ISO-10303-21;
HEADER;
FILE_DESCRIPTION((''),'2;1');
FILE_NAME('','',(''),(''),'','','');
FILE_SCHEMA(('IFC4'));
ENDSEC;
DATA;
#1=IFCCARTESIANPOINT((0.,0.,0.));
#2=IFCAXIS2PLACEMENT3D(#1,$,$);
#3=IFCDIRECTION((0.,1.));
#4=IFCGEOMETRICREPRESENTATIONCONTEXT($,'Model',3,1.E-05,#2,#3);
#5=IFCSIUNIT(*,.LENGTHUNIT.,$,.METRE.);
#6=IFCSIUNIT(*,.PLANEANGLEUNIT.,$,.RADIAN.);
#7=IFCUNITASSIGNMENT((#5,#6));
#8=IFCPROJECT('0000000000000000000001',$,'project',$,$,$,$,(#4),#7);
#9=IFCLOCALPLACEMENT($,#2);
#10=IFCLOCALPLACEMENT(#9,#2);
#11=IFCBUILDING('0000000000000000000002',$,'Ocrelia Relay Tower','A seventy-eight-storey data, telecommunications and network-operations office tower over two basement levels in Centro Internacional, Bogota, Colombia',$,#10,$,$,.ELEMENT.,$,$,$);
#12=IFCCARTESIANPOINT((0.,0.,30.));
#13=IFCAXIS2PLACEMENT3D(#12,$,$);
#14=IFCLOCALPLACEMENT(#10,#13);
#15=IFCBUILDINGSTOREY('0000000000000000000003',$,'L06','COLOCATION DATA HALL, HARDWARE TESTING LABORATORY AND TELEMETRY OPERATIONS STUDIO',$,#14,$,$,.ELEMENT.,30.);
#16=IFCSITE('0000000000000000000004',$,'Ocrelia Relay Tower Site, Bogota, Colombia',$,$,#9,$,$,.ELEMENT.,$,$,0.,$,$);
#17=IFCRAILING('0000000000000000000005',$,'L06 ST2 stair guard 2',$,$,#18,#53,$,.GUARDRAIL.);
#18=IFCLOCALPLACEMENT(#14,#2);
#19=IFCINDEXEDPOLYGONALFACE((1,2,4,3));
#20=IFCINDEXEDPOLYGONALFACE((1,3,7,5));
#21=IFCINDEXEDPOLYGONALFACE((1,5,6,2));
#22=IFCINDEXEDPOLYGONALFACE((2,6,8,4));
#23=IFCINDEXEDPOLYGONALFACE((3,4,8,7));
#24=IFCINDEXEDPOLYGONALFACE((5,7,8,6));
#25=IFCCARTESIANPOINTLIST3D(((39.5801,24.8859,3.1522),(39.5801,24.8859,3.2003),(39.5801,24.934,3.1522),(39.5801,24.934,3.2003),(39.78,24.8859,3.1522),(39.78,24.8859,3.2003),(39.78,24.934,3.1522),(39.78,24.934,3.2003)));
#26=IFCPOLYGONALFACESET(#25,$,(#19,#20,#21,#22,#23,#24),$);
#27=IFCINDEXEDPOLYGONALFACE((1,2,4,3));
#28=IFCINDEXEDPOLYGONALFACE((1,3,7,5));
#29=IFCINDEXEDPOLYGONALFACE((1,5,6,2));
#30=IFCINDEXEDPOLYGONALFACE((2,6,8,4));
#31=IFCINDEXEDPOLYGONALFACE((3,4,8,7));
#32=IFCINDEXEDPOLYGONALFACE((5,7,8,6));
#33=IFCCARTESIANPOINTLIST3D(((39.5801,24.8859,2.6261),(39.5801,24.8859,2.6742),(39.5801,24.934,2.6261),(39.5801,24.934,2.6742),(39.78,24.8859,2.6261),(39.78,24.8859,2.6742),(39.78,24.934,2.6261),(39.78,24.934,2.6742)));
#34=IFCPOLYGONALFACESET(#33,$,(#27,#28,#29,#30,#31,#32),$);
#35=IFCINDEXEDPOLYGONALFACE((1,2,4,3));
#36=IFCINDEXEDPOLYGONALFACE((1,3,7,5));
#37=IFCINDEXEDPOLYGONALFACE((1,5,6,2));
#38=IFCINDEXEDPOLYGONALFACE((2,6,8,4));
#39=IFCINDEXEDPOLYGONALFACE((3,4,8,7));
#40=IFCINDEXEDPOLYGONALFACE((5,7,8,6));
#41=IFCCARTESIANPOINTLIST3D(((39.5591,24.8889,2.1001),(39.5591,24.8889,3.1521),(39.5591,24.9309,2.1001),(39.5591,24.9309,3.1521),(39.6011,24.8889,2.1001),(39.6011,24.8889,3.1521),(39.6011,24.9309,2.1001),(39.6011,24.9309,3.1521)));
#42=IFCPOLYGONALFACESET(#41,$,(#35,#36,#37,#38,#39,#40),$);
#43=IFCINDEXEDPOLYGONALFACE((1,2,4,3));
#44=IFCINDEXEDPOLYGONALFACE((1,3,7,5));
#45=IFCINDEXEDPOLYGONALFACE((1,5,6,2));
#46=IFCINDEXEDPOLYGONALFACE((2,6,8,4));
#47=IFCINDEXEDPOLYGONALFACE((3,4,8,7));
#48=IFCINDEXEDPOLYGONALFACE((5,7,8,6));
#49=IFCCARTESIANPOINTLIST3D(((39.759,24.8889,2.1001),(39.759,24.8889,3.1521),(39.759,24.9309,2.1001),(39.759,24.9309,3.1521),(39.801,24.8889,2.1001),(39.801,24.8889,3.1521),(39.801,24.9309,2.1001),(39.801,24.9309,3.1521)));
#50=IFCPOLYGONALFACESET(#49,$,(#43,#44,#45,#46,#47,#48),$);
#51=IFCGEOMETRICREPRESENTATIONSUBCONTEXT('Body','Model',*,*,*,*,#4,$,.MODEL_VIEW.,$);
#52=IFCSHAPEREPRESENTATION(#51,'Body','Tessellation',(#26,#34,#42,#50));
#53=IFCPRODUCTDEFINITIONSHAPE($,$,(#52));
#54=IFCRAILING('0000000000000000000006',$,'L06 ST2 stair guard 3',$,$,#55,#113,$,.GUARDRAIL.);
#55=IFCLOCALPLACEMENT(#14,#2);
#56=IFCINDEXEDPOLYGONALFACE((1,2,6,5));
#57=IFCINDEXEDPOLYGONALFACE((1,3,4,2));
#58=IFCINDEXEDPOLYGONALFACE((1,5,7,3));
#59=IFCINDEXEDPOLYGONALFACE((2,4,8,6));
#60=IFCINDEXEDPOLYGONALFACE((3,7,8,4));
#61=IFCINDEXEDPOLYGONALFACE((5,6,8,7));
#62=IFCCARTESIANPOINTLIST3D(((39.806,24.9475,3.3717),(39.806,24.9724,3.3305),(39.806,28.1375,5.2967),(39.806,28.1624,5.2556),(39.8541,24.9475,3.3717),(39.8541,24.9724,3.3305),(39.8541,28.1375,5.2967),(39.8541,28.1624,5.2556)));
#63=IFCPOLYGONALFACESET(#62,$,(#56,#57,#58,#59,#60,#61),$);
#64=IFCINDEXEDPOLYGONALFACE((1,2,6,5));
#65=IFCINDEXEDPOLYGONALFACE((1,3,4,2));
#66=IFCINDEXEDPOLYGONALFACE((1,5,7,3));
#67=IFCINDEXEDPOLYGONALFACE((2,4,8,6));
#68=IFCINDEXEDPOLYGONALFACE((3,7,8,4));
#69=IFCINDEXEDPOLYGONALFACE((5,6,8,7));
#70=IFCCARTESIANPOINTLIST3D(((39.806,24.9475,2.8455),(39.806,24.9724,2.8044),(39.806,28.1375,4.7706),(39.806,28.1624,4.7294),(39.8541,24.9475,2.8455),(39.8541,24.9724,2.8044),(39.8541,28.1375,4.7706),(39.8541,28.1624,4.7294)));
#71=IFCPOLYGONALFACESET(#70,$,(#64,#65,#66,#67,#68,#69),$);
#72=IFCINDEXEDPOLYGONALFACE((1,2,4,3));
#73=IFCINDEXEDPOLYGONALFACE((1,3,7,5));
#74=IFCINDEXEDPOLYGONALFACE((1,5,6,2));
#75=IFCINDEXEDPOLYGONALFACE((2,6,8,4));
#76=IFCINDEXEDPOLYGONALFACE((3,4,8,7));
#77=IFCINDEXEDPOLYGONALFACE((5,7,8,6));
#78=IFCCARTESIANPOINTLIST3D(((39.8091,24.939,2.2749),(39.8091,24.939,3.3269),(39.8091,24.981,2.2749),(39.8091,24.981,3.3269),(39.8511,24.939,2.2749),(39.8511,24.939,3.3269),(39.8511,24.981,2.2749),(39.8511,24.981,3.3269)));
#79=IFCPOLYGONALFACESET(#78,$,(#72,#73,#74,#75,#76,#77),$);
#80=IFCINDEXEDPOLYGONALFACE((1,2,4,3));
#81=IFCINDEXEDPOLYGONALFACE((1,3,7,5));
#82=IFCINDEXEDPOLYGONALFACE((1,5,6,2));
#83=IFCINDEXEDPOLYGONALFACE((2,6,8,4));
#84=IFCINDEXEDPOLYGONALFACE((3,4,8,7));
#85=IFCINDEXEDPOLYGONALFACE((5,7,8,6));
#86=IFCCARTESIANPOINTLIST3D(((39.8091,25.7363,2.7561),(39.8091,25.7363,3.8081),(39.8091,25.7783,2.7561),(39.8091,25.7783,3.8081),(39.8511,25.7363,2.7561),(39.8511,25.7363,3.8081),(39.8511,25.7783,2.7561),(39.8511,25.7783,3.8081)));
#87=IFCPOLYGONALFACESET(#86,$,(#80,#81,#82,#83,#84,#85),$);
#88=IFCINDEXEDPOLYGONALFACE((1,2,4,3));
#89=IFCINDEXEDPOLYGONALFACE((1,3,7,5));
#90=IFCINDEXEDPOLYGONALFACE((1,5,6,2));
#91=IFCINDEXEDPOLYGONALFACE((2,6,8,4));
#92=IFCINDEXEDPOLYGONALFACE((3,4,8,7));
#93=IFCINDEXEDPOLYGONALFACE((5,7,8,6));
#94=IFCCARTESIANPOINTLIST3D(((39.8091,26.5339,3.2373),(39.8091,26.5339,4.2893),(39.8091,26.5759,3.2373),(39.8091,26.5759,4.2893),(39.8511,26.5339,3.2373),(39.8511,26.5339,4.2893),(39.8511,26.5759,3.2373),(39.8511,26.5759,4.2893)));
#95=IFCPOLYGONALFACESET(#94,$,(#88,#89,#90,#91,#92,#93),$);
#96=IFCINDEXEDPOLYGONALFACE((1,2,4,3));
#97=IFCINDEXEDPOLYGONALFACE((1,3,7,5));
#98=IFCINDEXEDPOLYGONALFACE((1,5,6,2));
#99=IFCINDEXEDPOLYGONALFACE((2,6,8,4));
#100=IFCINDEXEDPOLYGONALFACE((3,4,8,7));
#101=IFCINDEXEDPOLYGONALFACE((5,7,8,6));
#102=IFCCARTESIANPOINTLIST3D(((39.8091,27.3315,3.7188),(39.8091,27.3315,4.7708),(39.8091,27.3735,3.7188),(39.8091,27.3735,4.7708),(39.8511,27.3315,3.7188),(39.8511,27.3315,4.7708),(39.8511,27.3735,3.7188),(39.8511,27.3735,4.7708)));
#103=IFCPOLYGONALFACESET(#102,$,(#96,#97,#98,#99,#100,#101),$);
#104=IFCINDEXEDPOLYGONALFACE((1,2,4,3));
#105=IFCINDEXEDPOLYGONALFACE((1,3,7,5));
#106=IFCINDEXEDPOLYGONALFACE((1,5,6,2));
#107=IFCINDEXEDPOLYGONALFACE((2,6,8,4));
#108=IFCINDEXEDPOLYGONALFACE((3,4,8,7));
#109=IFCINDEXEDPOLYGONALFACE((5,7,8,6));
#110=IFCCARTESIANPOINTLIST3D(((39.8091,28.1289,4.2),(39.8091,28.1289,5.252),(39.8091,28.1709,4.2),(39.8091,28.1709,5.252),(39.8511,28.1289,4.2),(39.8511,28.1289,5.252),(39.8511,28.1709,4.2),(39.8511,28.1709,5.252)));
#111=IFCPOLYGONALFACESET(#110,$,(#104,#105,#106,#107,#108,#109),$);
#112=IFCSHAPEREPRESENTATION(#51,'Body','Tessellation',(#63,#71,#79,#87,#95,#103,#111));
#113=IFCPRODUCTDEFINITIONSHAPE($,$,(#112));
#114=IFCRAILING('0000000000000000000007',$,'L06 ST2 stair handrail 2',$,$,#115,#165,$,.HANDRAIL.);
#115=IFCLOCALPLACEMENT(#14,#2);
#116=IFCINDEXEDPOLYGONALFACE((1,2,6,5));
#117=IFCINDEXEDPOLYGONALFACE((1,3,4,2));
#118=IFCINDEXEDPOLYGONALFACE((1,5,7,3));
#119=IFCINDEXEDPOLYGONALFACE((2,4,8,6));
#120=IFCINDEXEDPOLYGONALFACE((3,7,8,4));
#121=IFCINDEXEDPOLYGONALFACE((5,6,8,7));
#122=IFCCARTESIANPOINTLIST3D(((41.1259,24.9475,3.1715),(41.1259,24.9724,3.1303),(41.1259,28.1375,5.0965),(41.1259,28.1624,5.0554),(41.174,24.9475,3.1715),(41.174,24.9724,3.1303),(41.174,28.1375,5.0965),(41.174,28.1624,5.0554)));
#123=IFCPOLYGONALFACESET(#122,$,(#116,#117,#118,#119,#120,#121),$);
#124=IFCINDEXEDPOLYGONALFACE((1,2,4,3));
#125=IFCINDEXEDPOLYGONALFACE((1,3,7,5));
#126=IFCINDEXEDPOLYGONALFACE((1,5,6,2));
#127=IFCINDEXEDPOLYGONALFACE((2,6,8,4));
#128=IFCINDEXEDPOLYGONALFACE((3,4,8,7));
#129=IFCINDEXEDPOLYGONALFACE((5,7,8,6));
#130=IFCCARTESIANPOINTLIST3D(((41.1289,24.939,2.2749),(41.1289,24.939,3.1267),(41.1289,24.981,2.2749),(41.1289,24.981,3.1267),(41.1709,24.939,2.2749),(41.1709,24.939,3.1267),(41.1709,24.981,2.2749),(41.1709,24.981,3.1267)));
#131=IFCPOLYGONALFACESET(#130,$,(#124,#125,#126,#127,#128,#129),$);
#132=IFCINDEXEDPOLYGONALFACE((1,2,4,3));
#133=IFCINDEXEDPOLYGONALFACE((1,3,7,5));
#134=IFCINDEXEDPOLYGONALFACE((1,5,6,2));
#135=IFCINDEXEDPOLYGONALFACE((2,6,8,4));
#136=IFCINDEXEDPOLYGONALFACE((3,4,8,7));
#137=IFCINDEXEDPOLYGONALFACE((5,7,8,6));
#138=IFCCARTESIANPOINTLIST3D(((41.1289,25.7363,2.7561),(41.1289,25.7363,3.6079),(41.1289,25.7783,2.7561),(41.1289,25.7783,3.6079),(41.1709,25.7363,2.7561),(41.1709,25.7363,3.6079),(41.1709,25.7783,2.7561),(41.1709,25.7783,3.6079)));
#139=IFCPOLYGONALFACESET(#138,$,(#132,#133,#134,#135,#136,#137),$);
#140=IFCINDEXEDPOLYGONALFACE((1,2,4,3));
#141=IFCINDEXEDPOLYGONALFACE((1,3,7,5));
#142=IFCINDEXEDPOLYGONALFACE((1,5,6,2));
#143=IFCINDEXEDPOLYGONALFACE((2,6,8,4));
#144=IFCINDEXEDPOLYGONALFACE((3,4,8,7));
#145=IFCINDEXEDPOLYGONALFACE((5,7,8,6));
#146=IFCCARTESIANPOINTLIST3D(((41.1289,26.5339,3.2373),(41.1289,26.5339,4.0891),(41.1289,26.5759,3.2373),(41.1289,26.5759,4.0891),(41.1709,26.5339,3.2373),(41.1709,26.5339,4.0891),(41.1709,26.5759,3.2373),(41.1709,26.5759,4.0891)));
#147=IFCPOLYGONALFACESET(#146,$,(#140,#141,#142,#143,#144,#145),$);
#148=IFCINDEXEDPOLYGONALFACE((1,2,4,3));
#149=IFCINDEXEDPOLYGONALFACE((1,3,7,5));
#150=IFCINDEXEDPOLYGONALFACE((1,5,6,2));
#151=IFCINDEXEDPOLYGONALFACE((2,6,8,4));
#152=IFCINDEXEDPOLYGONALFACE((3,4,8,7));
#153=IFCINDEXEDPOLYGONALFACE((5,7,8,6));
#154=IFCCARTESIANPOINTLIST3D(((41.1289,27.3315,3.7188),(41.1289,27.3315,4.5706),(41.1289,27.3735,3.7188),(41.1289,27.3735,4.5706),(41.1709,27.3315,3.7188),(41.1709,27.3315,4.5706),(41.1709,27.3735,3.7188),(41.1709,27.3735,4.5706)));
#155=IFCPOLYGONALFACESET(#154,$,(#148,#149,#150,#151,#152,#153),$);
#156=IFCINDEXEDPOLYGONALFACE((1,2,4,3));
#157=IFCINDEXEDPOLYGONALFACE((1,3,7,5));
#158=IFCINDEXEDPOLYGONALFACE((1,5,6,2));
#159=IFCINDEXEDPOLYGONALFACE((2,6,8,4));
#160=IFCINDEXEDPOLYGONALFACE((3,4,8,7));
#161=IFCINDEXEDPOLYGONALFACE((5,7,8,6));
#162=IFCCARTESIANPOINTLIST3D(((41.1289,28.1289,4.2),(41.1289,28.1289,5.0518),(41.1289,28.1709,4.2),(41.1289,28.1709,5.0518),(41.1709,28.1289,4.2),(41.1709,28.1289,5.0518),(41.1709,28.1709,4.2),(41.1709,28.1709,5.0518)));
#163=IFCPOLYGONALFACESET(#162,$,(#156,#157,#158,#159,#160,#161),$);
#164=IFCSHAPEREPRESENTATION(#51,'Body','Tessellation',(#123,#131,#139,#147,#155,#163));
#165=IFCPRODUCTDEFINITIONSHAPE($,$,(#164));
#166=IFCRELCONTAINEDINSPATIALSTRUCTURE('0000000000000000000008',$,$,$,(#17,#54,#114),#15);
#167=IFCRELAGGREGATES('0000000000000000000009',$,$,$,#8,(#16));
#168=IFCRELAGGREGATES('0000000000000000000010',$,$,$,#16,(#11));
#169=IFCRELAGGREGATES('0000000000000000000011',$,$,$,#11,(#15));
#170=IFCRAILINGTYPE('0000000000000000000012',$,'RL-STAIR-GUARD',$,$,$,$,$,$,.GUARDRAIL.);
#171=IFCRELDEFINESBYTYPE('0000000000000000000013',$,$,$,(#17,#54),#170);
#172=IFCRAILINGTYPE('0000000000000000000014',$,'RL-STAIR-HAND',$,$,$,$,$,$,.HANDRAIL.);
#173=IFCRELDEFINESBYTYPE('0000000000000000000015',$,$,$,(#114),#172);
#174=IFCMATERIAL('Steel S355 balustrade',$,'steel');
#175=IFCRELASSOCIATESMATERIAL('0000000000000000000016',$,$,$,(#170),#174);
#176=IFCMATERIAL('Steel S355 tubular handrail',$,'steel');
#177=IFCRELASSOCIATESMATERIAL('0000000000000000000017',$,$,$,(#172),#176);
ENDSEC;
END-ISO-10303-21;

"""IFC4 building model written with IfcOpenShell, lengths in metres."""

from ifc_helpers import new_model, si_unit, direction, frame, origin, origin_2d, place, context, subcontext, project, spatial, rectangle, extrude, material, type_object, element, save


model = new_model("IFC4")

# Units and contexts
model_context = context("Model", 3, precision=1e-05, world=origin(), true_north=direction((0.0, 1.0)))
body_context = subcontext(model_context, "Body", "Model", "MODEL_VIEW")
ifc_project = project(units=[si_unit("LENGTHUNIT", "METRE"), si_unit("PLANEANGLEUNIT", "RADIAN")], contexts=[model_context])

# Site, building, storey
site_placement = place(None, origin())
site = spatial("IfcSite", under=ifc_project, at=site_placement, Name="Ocrelia Relay Tower Site, Bogota, Colombia", CompositionType="ELEMENT", RefElevation=0.0)
building_placement = place(site_placement, origin())
building = spatial("IfcBuilding", under=site, at=building_placement, Name="Ocrelia Relay Tower", Description="A seventy-eight-storey data, telecommunications and network-operations office tower over two basement levels in Centro Internacional, Bogota, Colombia", CompositionType="ELEMENT")
storey_placement = place(building_placement, frame((0.0, 0.0, 30.0)))
storey = spatial("IfcBuildingStorey", under=building, at=storey_placement, Name="L06", Description="COLOCATION DATA HALL, HARDWARE TESTING LABORATORY AND TELEMETRY OPERATIONS STUDIO", CompositionType="ELEMENT", Elevation=30.0)

# Railings
ifc_material_1 = material(Name="Steel S355 balustrade", Category="steel")
railing_type_1 = type_object("IfcRailingType", Name="RL-STAIR-GUARD", PredefinedType="GUARDRAIL", material=ifc_material_1)
railing_1_placement = place(storey_placement, frame((39.5801, 24.9099, 2.1001)))
element("IfcRailing", 1, at=railing_1_placement, inside=storey, type_object=railing_type_1, Name="L06 ST2 stair guard 2", PredefinedType="GUARDRAIL", context=body_context, shape_type="SweptSolid", body=[
    extrude(rectangle(XDim=0.0481, YDim=0.0481, at=origin_2d()), frame((0.0, 0.0, 1.0762), z_axis=(1.0, 0.0, 0.0), x_axis=(0.0, 1.0, 0.0)), (0.0, 0.0, 1.0), 0.2),
    extrude(rectangle(XDim=0.0481, YDim=0.0481, at=origin_2d()), frame((0.0, 0.0, 0.55), z_axis=(1.0, 0.0, 0.0), x_axis=(0.0, 1.0, 0.0)), (0.0, 0.0, 1.0), 0.2),
    extrude(rectangle(XDim=0.042, YDim=0.042, at=origin_2d()), origin(), (0.0, 0.0, 1.0), 1.052),
    extrude(rectangle(XDim=0.042, YDim=0.042, at=origin_2d()), frame((0.2, 0.0, 0.0)), (0.0, 0.0, 1.0), 1.052),
])
railing_2_placement = place(storey_placement, frame((39.8301, 24.96, 2.2749)))
element("IfcRailing", 2, at=railing_2_placement, inside=storey, type_object=railing_type_1, Name="L06 ST2 stair guard 3", PredefinedType="GUARDRAIL", context=body_context, shape_type="SweptSolid", body=[
    extrude(rectangle(XDim=0.0481, YDim=0.0481, at=origin_2d()), frame((0.0, 0.0, 1.0762), z_axis=(0.0, 0.856178, 0.516682), x_axis=(-1.0, 0.0, 0.0)), (0.0, 0.0, 1.0), 3.7258),
    extrude(rectangle(XDim=0.0481, YDim=0.0481, at=origin_2d()), frame((0.0, 0.0, 0.55), z_axis=(0.0, 0.856178, 0.516682), x_axis=(-1.0, 0.0, 0.0)), (0.0, 0.0, 1.0), 3.7258),
    extrude(rectangle(XDim=0.042, YDim=0.042, at=origin_2d()), origin(), (0.0, 0.0, 1.0), 1.052),
    extrude(rectangle(XDim=0.042, YDim=0.042, at=origin_2d()), frame((0.0, 0.7974, 0.4812)), (0.0, 0.0, 1.0), 1.052),
    extrude(rectangle(XDim=0.042, YDim=0.042, at=origin_2d()), frame((0.0, 1.595, 0.9624)), (0.0, 0.0, 1.0), 1.052),
    extrude(rectangle(XDim=0.042, YDim=0.042, at=origin_2d()), frame((0.0, 2.3926, 1.4438)), (0.0, 0.0, 1.0), 1.052),
    extrude(rectangle(XDim=0.042, YDim=0.042, at=origin_2d()), frame((0.0, 3.1899, 1.925)), (0.0, 0.0, 1.0), 1.052),
])
ifc_material_2 = material(Name="Steel S355 tubular handrail", Category="steel")
railing_type_2 = type_object("IfcRailingType", Name="RL-STAIR-HAND", PredefinedType="HANDRAIL", material=ifc_material_2)
railing_3_placement = place(storey_placement, frame((41.1499, 24.96, 2.2749)))
element("IfcRailing", 3, at=railing_3_placement, inside=storey, type_object=railing_type_2, Name="L06 ST2 stair handrail 2", PredefinedType="HANDRAIL", context=body_context, shape_type="SweptSolid", body=[
    extrude(rectangle(XDim=0.0481, YDim=0.0481, at=origin_2d()), frame((0.0, 0.0, 0.876), z_axis=(0.0, 0.856178, 0.516682), x_axis=(-1.0, 0.0, 0.0)), (0.0, 0.0, 1.0), 3.7258),
    extrude(rectangle(XDim=0.042, YDim=0.042, at=origin_2d()), origin(), (0.0, 0.0, 1.0), 0.8518),
    extrude(rectangle(XDim=0.042, YDim=0.042, at=origin_2d()), frame((0.0, 0.7974, 0.4812)), (0.0, 0.0, 1.0), 0.8518),
    extrude(rectangle(XDim=0.042, YDim=0.042, at=origin_2d()), frame((0.0, 1.595, 0.9624)), (0.0, 0.0, 1.0), 0.8518),
    extrude(rectangle(XDim=0.042, YDim=0.042, at=origin_2d()), frame((0.0, 2.3926, 1.4438)), (0.0, 0.0, 1.0), 0.8518),
    extrude(rectangle(XDim=0.042, YDim=0.042, at=origin_2d()), frame((0.0, 3.1899, 1.925)), (0.0, 0.0, 1.0), 0.8518),
])

save(model, "model.ifc")
